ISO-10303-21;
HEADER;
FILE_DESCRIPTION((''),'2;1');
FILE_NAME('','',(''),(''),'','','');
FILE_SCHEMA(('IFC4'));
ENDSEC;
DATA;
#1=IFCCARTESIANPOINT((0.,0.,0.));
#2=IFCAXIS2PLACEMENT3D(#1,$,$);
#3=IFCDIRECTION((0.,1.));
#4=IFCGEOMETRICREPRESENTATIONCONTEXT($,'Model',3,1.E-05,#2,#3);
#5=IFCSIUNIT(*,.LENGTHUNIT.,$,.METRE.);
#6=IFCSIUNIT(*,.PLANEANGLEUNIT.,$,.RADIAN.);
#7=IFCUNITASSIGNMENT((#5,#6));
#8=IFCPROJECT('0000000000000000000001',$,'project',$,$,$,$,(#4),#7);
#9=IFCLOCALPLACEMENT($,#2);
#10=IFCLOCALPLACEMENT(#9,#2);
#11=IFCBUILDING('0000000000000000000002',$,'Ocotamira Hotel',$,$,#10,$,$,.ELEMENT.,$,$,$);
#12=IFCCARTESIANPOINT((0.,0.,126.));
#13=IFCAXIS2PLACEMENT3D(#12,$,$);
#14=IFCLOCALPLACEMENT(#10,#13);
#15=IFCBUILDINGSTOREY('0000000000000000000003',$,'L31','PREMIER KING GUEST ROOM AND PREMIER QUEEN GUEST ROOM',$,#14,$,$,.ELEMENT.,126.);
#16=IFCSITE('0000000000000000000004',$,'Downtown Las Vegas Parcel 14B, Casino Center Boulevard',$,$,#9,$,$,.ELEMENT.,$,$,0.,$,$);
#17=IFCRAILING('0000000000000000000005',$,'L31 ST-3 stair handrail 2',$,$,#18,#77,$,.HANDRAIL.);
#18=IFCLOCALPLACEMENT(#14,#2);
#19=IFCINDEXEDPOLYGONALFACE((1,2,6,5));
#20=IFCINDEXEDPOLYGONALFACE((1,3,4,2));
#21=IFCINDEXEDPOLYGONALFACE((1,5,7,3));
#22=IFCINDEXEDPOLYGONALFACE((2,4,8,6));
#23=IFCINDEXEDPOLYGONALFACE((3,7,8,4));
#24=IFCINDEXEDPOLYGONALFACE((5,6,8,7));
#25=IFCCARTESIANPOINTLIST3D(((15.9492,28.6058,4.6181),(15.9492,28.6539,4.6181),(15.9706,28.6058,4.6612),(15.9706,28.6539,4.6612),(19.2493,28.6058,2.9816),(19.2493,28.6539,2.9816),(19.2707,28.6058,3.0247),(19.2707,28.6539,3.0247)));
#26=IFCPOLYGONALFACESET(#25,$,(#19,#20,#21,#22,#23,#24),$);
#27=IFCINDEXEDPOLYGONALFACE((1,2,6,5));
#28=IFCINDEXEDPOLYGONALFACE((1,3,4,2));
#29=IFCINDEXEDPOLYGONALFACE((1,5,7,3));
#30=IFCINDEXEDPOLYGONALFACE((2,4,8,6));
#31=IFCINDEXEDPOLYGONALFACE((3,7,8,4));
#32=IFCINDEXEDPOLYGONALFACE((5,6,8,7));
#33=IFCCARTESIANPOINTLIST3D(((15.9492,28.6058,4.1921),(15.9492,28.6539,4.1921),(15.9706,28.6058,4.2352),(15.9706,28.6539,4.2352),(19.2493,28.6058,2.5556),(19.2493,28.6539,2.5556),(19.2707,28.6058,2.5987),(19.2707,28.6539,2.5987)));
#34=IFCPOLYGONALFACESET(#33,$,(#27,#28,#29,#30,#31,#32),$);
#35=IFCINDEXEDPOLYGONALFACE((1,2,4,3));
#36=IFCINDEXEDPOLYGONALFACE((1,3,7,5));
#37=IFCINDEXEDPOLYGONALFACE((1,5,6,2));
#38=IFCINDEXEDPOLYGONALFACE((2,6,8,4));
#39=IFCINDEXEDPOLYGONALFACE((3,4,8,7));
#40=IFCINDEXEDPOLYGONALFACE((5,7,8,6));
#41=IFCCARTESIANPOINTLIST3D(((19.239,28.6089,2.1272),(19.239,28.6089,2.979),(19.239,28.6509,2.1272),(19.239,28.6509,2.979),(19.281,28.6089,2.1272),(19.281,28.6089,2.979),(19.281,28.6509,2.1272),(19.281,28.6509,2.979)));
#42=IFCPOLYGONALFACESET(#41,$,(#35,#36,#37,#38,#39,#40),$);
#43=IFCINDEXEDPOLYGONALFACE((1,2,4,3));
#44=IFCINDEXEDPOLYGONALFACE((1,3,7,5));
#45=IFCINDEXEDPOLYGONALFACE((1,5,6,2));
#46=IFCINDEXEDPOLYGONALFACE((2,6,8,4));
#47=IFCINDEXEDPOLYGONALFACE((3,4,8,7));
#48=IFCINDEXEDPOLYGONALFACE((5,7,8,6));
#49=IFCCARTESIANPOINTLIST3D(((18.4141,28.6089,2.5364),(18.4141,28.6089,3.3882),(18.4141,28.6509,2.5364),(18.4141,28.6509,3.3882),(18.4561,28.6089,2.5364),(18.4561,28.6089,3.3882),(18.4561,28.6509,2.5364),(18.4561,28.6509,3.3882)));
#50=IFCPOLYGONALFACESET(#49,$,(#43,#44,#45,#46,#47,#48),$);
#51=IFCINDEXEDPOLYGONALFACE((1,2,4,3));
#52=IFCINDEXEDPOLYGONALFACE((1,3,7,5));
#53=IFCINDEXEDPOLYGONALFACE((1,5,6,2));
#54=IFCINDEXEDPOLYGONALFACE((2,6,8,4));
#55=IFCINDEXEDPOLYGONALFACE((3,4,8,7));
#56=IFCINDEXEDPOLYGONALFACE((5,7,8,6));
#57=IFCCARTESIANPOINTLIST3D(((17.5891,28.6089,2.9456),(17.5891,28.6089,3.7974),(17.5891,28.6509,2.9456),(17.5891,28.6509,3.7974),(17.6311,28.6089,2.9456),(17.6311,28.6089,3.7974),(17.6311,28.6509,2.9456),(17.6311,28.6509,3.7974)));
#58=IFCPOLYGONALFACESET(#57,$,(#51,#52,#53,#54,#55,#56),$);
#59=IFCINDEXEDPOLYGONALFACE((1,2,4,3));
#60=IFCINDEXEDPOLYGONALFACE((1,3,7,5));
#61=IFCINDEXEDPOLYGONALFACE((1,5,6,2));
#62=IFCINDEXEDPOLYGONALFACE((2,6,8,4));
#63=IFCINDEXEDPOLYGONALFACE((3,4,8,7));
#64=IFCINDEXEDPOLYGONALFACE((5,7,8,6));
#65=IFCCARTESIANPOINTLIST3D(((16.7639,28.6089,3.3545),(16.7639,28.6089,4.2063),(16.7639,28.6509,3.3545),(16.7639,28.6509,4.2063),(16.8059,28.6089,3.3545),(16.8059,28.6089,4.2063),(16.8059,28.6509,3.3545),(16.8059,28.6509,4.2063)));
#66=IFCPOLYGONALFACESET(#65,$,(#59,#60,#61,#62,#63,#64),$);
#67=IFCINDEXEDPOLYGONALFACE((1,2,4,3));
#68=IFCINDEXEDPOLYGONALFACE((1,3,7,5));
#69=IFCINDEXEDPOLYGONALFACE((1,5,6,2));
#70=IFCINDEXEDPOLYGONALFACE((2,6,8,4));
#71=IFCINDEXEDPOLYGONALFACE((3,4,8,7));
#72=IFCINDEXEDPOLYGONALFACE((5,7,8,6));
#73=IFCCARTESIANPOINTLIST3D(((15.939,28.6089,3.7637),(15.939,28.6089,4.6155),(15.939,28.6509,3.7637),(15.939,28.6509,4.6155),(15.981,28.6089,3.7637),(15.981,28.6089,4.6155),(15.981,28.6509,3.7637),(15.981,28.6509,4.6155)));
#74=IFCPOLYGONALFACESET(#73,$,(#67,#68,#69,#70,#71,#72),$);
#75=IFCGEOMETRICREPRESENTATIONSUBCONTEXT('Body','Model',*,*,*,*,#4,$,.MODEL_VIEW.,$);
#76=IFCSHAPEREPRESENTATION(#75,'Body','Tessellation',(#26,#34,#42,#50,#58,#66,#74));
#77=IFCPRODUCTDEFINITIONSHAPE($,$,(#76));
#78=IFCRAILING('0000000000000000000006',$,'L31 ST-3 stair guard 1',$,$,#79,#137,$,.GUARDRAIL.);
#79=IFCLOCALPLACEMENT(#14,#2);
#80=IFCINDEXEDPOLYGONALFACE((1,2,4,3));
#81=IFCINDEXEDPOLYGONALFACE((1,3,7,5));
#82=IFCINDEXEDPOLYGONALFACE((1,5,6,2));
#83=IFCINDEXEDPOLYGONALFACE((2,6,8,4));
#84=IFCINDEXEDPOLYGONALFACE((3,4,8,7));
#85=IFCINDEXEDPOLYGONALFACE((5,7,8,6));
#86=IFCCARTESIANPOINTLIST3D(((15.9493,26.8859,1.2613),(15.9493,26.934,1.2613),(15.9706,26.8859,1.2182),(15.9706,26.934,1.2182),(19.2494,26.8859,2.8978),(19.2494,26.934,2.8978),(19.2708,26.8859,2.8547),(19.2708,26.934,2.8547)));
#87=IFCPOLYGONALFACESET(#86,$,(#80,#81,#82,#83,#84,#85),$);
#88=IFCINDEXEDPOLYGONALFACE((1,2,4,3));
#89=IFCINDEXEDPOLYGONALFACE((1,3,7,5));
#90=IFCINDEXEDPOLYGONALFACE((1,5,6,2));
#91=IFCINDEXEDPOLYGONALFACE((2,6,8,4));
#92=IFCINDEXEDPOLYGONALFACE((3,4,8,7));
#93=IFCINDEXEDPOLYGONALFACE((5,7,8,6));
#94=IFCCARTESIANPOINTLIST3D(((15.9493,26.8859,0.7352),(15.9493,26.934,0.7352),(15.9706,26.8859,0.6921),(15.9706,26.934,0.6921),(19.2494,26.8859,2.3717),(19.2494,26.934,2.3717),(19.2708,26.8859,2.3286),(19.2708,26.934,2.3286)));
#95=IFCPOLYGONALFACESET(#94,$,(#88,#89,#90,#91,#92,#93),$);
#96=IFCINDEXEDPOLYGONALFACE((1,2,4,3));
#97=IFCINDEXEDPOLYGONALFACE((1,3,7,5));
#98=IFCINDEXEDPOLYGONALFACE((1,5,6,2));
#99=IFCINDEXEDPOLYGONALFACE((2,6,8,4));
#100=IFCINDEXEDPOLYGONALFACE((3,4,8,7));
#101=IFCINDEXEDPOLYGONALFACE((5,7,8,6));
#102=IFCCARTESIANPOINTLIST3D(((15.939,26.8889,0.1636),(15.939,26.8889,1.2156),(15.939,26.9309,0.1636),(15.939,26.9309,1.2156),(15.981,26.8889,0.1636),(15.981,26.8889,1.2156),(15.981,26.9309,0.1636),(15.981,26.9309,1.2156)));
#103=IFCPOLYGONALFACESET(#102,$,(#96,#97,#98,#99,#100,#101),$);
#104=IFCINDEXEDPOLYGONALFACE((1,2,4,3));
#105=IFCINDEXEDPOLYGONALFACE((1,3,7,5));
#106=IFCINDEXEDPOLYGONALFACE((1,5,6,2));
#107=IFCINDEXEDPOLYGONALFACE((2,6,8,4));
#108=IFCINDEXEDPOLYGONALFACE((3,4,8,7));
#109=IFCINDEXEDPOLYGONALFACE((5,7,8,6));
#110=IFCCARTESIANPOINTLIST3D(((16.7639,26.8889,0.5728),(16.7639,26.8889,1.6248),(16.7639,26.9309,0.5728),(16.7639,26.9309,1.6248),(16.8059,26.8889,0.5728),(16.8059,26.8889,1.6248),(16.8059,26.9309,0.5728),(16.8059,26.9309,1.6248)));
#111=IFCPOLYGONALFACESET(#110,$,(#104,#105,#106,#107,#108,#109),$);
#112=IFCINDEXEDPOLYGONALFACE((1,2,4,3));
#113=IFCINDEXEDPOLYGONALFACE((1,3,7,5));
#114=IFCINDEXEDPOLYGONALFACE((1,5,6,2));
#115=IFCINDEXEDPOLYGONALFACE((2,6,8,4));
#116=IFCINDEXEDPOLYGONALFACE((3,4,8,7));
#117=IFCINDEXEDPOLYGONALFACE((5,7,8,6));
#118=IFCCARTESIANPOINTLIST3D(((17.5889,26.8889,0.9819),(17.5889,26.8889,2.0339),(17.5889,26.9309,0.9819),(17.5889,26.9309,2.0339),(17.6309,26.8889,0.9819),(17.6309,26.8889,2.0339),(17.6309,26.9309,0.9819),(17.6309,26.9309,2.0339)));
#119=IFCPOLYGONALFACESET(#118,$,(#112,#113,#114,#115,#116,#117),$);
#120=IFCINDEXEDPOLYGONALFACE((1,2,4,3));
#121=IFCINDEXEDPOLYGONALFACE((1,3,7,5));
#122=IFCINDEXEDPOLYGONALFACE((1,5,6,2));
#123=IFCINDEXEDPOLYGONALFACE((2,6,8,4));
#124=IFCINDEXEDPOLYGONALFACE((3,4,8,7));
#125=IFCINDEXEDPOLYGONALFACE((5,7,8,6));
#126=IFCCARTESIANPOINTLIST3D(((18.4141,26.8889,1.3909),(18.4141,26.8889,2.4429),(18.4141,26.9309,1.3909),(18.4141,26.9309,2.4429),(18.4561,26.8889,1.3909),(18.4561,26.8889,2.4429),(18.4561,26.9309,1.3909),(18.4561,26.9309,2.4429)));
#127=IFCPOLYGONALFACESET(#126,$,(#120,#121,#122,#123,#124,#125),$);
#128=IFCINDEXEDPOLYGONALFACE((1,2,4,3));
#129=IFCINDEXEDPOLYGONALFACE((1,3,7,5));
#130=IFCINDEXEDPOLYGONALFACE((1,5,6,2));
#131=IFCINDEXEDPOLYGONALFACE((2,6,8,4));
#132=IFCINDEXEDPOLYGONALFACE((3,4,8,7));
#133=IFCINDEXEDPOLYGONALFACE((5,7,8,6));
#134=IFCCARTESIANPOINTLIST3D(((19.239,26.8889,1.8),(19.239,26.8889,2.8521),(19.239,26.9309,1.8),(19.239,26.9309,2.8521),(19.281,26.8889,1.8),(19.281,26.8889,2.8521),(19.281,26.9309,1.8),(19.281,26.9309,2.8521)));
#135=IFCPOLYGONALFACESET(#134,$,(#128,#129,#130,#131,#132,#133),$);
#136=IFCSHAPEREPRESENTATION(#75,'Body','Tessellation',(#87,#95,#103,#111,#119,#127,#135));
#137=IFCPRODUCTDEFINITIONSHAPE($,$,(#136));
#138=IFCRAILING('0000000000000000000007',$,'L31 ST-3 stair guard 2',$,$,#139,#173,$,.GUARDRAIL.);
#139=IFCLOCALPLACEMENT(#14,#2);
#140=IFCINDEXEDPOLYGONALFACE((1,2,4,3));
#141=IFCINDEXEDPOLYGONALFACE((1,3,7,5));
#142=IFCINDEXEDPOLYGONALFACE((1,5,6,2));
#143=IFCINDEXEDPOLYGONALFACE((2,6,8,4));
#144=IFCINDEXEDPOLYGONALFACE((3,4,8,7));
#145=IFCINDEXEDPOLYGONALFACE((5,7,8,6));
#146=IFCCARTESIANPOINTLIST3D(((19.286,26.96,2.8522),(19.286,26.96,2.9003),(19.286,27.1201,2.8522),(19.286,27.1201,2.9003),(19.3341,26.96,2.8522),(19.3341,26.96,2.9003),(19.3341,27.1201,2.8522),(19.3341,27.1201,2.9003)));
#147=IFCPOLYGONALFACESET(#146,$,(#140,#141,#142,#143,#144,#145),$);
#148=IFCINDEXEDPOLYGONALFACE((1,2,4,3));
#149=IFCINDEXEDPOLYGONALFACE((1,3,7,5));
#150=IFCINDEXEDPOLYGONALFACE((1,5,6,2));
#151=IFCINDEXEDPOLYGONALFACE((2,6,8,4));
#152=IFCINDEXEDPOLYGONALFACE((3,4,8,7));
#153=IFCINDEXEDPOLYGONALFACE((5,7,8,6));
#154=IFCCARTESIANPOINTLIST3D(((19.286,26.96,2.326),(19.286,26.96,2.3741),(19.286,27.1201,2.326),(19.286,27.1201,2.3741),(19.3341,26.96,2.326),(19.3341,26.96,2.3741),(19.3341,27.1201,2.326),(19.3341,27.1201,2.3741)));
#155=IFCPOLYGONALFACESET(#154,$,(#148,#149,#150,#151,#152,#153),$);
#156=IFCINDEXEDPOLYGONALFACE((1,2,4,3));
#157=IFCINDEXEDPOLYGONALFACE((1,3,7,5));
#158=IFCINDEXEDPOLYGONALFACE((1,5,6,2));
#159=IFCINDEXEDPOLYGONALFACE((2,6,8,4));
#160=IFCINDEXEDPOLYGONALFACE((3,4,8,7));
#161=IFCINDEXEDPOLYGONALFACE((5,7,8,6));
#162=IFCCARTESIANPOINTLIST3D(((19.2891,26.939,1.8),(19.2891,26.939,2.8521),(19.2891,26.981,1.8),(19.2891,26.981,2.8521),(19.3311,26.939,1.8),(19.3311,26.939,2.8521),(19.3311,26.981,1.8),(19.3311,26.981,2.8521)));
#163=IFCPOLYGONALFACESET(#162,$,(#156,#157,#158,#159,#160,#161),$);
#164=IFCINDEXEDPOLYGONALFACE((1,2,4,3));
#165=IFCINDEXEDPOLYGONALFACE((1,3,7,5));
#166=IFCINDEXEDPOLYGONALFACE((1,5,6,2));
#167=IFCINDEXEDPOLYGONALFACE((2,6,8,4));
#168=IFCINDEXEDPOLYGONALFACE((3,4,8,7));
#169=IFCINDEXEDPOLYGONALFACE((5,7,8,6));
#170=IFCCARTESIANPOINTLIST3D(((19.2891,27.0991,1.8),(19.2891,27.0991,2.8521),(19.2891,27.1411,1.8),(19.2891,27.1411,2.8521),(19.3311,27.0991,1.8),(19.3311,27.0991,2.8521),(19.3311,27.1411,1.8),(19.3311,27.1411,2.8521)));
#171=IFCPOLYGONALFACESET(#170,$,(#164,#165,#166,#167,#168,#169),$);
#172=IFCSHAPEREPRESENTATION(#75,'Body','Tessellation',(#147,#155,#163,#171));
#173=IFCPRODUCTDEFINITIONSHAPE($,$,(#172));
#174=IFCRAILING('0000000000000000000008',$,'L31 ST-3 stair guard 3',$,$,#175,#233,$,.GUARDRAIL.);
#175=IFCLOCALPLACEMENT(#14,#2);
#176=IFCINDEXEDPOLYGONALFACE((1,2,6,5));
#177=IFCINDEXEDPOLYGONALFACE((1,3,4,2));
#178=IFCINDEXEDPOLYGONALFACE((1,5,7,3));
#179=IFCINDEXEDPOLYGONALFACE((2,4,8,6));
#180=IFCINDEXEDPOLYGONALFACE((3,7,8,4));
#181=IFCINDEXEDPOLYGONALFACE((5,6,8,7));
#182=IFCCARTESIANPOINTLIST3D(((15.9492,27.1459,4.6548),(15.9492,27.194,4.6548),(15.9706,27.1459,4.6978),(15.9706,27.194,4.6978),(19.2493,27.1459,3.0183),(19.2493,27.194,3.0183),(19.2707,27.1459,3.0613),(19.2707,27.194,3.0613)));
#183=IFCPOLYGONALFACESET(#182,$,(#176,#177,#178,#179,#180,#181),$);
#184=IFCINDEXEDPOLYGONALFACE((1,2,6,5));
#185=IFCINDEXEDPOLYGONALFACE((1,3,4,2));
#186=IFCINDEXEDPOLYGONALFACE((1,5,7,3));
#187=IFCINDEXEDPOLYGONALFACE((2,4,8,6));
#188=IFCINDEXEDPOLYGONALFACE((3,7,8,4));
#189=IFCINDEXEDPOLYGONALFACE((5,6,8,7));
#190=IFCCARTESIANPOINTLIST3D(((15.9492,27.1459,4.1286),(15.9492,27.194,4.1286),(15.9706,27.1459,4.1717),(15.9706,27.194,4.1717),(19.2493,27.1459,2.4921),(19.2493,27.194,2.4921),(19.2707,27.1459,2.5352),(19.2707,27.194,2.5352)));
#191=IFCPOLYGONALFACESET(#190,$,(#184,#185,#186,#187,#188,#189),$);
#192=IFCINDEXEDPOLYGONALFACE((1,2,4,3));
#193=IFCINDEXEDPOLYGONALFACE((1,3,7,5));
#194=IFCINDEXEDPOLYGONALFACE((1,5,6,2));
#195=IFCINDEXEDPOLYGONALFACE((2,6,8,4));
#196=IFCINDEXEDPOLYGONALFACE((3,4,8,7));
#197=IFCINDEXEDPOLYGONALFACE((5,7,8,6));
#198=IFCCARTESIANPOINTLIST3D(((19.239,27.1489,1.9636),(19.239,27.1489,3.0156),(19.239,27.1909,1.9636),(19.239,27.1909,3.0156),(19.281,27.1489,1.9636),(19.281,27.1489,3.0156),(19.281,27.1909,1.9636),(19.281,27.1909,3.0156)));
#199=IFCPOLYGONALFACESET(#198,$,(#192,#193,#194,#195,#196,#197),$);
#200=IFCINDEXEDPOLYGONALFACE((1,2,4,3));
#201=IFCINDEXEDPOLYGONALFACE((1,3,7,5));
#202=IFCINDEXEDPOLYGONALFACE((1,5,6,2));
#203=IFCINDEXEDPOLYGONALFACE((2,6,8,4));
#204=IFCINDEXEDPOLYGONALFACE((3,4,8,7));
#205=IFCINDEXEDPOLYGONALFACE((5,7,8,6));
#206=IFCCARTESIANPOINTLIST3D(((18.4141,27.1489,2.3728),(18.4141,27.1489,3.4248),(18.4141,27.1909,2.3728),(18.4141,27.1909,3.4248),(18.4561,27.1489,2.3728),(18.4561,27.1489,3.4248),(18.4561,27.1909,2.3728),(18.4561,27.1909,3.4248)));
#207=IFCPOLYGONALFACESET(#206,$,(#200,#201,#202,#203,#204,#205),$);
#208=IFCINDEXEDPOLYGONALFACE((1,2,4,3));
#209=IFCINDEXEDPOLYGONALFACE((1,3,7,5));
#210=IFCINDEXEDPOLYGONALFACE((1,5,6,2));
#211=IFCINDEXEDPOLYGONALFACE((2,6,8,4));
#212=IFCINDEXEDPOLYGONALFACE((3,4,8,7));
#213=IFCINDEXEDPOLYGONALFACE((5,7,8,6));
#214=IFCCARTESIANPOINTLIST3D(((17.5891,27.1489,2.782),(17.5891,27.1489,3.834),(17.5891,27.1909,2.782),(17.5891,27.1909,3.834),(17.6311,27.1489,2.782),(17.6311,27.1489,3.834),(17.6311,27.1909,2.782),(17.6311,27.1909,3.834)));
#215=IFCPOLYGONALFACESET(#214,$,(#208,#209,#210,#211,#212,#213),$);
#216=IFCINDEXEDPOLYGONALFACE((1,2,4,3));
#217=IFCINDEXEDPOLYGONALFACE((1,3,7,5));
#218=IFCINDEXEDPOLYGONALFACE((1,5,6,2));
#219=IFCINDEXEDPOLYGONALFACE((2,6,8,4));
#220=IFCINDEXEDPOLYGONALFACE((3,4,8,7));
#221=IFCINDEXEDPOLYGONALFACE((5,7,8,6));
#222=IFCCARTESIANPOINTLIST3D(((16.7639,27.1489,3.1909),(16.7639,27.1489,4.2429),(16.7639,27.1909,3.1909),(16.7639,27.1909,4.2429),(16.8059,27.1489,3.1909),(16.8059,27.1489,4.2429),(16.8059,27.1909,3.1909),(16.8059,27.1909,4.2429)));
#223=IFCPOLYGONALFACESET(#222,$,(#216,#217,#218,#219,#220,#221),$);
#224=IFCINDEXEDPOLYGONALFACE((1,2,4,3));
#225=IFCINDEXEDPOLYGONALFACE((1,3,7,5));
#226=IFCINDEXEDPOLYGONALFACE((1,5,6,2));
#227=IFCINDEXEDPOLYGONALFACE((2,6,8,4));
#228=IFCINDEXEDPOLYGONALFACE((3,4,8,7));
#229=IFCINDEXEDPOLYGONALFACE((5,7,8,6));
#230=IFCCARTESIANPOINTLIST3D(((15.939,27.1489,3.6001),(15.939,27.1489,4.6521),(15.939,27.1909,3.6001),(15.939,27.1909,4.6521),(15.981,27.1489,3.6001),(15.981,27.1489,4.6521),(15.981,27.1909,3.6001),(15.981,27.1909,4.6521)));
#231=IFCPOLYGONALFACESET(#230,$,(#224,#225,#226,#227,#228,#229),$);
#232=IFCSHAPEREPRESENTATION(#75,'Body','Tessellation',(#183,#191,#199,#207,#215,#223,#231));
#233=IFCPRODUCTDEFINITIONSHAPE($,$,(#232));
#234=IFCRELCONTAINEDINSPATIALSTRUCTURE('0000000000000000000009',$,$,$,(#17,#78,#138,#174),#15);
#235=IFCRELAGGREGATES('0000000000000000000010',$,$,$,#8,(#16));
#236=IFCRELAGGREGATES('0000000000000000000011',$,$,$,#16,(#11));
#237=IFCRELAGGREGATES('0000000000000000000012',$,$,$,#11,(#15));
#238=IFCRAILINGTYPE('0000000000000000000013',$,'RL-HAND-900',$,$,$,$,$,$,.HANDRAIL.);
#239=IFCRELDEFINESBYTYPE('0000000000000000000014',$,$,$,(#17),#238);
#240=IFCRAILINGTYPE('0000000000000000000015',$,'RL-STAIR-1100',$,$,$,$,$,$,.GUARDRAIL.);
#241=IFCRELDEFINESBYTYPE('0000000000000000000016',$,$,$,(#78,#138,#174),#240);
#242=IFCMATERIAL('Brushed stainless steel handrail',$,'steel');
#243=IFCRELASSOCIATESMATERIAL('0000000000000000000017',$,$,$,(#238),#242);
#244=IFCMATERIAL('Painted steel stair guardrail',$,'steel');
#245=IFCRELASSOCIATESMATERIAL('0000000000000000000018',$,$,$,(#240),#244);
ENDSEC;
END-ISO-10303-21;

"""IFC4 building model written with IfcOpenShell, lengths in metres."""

from ifc_helpers import new_model, si_unit, direction, frame, origin, origin_2d, place, context, subcontext, project, spatial, rectangle, extrude, material, type_object, element, save


model = new_model("IFC4")

# Units and contexts
model_context = context("Model", 3, precision=1e-05, world=origin(), true_north=direction((0.0, 1.0)))
body_context = subcontext(model_context, "Body", "Model", "MODEL_VIEW")
ifc_project = project(units=[si_unit("LENGTHUNIT", "METRE"), si_unit("PLANEANGLEUNIT", "RADIAN")], contexts=[model_context])

# Site, building, storey
site_placement = place(None, origin())
site = spatial("IfcSite", under=ifc_project, at=site_placement, Name="Downtown Las Vegas Parcel 14B, Casino Center Boulevard", CompositionType="ELEMENT", RefElevation=0.0)
building_placement = place(site_placement, origin())
building = spatial("IfcBuilding", under=site, at=building_placement, Name="Ocotamira Hotel", CompositionType="ELEMENT")
storey_placement = place(building_placement, frame((0.0, 0.0, 126.0)))
storey = spatial("IfcBuildingStorey", under=building, at=storey_placement, Name="L31", Description="PREMIER KING GUEST ROOM AND PREMIER QUEEN GUEST ROOM", CompositionType="ELEMENT", Elevation=126.0)

# Railings
ifc_material_1 = material(Name="Brushed stainless steel handrail", Category="steel")
railing_type_1 = type_object("IfcRailingType", Name="RL-HAND-900", PredefinedType="HANDRAIL", material=ifc_material_1)
railing_1_placement = place(storey_placement, frame((19.26, 28.6299, 2.1272)))
element("IfcRailing", 1, at=railing_1_placement, inside=storey, type_object=railing_type_1, Name="L31 ST-3 stair handrail 2", PredefinedType="HANDRAIL", context=body_context, shape_type="SweptSolid", body=[
    extrude(rectangle(XDim=0.0481, YDim=0.0481, at=origin_2d()), frame((0.0, 0.0, 0.876), z_axis=(-0.895894, 0.0, 0.444268), x_axis=(0.0, -1.0, 0.0)), (0.0, 0.0, 1.0), 3.6836),
    extrude(rectangle(XDim=0.0481, YDim=0.0481, at=origin_2d()), frame((0.0, 0.0, 0.45), z_axis=(-0.895894, 0.0, 0.444268), x_axis=(0.0, -1.0, 0.0)), (0.0, 0.0, 1.0), 3.6836),
    extrude(rectangle(XDim=0.042, YDim=0.042, at=origin_2d()), origin(), (0.0, 0.0, 1.0), 0.8518),
    extrude(rectangle(XDim=0.042, YDim=0.042, at=origin_2d()), frame((-0.825, 0.0, 0.4092)), (0.0, 0.0, 1.0), 0.8518),
    extrude(rectangle(XDim=0.042, YDim=0.042, at=origin_2d()), frame((-1.6499, 0.0, 0.8184)), (0.0, 0.0, 1.0), 0.8518),
    extrude(rectangle(XDim=0.042, YDim=0.042, at=origin_2d()), frame((-2.4751, 0.0, 1.2273)), (0.0, 0.0, 1.0), 0.8518),
    extrude(rectangle(XDim=0.042, YDim=0.042, at=origin_2d()), frame((-3.3, 0.0, 1.6365)), (0.0, 0.0, 1.0), 0.8518),
])
ifc_material_2 = material(Name="Painted steel stair guardrail", Category="steel")
railing_type_2 = type_object("IfcRailingType", Name="RL-STAIR-1100", PredefinedType="GUARDRAIL", material=ifc_material_2)
railing_2_placement = place(storey_placement, frame((15.96, 26.9099, 0.1636)))
element("IfcRailing", 2, at=railing_2_placement, inside=storey, type_object=railing_type_2, Name="L31 ST-3 stair guard 1", PredefinedType="GUARDRAIL", context=body_context, shape_type="SweptSolid", body=[
    extrude(rectangle(XDim=0.0481, YDim=0.0481, at=origin_2d()), frame((0.0, 0.0, 1.0762), z_axis=(0.895894, 0.0, 0.444268), x_axis=(0.0, 1.0, 0.0)), (0.0, 0.0, 1.0), 3.6836),
    extrude(rectangle(XDim=0.0481, YDim=0.0481, at=origin_2d()), frame((0.0, 0.0, 0.55), z_axis=(0.895894, 0.0, 0.444268), x_axis=(0.0, 1.0, 0.0)), (0.0, 0.0, 1.0), 3.6836),
    extrude(rectangle(XDim=0.042, YDim=0.042, at=origin_2d()), origin(), (0.0, 0.0, 1.0), 1.052),
    extrude(rectangle(XDim=0.042, YDim=0.042, at=origin_2d()), frame((0.825, 0.0, 0.4092)), (0.0, 0.0, 1.0), 1.052),
    extrude(rectangle(XDim=0.042, YDim=0.042, at=origin_2d()), frame((1.6499, 0.0, 0.8184)), (0.0, 0.0, 1.0), 1.052),
    extrude(rectangle(XDim=0.042, YDim=0.042, at=origin_2d()), frame((2.4751, 0.0, 1.2273)), (0.0, 0.0, 1.0), 1.052),
    extrude(rectangle(XDim=0.042, YDim=0.042, at=origin_2d()), frame((3.3, 0.0, 1.6365)), (0.0, 0.0, 1.0), 1.052),
])
railing_3_placement = place(storey_placement, frame((19.3101, 26.96, 1.8)))
element("IfcRailing", 3, at=railing_3_placement, inside=storey, type_object=railing_type_2, Name="L31 ST-3 stair guard 2", PredefinedType="GUARDRAIL", context=body_context, shape_type="SweptSolid", body=[
    extrude(rectangle(XDim=0.0481, YDim=0.0481, at=origin_2d()), frame((0.0, 0.0, 1.0762), z_axis=(0.0, 1.0, 0.0), x_axis=(-1.0, 0.0, 0.0)), (0.0, 0.0, 1.0), 0.1602),
    extrude(rectangle(XDim=0.0481, YDim=0.0481, at=origin_2d()), frame((0.0, 0.0, 0.55), z_axis=(0.0, 1.0, 0.0), x_axis=(-1.0, 0.0, 0.0)), (0.0, 0.0, 1.0), 0.1602),
    extrude(rectangle(XDim=0.042, YDim=0.042, at=origin_2d()), origin(), (0.0, 0.0, 1.0), 1.052),
    extrude(rectangle(XDim=0.042, YDim=0.042, at=origin_2d()), frame((0.0, 0.1602, 0.0)), (0.0, 0.0, 1.0), 1.052),
])
railing_4_placement = place(storey_placement, frame((19.26, 27.1699, 1.9636)))
element("IfcRailing", 4, at=railing_4_placement, inside=storey, type_object=railing_type_2, Name="L31 ST-3 stair guard 3", PredefinedType="GUARDRAIL", context=body_context, shape_type="SweptSolid", body=[
    extrude(rectangle(XDim=0.0481, YDim=0.0481, at=origin_2d()), frame((0.0, 0.0, 1.0762), z_axis=(-0.895894, 0.0, 0.444268), x_axis=(0.0, -1.0, 0.0)), (0.0, 0.0, 1.0), 3.6836),
    extrude(rectangle(XDim=0.0481, YDim=0.0481, at=origin_2d()), frame((0.0, 0.0, 0.55), z_axis=(-0.895894, 0.0, 0.444268), x_axis=(0.0, -1.0, 0.0)), (0.0, 0.0, 1.0), 3.6836),
    extrude(rectangle(XDim=0.042, YDim=0.042, at=origin_2d()), origin(), (0.0, 0.0, 1.0), 1.052),
    extrude(rectangle(XDim=0.042, YDim=0.042, at=origin_2d()), frame((-0.825, 0.0, 0.4092)), (0.0, 0.0, 1.0), 1.052),
    extrude(rectangle(XDim=0.042, YDim=0.042, at=origin_2d()), frame((-1.6499, 0.0, 0.8184)), (0.0, 0.0, 1.0), 1.052),
    extrude(rectangle(XDim=0.042, YDim=0.042, at=origin_2d()), frame((-2.4751, 0.0, 1.2273)), (0.0, 0.0, 1.0), 1.052),
    extrude(rectangle(XDim=0.042, YDim=0.042, at=origin_2d()), frame((-3.3, 0.0, 1.6365)), (0.0, 0.0, 1.0), 1.052),
])

save(model, "model.ifc")
